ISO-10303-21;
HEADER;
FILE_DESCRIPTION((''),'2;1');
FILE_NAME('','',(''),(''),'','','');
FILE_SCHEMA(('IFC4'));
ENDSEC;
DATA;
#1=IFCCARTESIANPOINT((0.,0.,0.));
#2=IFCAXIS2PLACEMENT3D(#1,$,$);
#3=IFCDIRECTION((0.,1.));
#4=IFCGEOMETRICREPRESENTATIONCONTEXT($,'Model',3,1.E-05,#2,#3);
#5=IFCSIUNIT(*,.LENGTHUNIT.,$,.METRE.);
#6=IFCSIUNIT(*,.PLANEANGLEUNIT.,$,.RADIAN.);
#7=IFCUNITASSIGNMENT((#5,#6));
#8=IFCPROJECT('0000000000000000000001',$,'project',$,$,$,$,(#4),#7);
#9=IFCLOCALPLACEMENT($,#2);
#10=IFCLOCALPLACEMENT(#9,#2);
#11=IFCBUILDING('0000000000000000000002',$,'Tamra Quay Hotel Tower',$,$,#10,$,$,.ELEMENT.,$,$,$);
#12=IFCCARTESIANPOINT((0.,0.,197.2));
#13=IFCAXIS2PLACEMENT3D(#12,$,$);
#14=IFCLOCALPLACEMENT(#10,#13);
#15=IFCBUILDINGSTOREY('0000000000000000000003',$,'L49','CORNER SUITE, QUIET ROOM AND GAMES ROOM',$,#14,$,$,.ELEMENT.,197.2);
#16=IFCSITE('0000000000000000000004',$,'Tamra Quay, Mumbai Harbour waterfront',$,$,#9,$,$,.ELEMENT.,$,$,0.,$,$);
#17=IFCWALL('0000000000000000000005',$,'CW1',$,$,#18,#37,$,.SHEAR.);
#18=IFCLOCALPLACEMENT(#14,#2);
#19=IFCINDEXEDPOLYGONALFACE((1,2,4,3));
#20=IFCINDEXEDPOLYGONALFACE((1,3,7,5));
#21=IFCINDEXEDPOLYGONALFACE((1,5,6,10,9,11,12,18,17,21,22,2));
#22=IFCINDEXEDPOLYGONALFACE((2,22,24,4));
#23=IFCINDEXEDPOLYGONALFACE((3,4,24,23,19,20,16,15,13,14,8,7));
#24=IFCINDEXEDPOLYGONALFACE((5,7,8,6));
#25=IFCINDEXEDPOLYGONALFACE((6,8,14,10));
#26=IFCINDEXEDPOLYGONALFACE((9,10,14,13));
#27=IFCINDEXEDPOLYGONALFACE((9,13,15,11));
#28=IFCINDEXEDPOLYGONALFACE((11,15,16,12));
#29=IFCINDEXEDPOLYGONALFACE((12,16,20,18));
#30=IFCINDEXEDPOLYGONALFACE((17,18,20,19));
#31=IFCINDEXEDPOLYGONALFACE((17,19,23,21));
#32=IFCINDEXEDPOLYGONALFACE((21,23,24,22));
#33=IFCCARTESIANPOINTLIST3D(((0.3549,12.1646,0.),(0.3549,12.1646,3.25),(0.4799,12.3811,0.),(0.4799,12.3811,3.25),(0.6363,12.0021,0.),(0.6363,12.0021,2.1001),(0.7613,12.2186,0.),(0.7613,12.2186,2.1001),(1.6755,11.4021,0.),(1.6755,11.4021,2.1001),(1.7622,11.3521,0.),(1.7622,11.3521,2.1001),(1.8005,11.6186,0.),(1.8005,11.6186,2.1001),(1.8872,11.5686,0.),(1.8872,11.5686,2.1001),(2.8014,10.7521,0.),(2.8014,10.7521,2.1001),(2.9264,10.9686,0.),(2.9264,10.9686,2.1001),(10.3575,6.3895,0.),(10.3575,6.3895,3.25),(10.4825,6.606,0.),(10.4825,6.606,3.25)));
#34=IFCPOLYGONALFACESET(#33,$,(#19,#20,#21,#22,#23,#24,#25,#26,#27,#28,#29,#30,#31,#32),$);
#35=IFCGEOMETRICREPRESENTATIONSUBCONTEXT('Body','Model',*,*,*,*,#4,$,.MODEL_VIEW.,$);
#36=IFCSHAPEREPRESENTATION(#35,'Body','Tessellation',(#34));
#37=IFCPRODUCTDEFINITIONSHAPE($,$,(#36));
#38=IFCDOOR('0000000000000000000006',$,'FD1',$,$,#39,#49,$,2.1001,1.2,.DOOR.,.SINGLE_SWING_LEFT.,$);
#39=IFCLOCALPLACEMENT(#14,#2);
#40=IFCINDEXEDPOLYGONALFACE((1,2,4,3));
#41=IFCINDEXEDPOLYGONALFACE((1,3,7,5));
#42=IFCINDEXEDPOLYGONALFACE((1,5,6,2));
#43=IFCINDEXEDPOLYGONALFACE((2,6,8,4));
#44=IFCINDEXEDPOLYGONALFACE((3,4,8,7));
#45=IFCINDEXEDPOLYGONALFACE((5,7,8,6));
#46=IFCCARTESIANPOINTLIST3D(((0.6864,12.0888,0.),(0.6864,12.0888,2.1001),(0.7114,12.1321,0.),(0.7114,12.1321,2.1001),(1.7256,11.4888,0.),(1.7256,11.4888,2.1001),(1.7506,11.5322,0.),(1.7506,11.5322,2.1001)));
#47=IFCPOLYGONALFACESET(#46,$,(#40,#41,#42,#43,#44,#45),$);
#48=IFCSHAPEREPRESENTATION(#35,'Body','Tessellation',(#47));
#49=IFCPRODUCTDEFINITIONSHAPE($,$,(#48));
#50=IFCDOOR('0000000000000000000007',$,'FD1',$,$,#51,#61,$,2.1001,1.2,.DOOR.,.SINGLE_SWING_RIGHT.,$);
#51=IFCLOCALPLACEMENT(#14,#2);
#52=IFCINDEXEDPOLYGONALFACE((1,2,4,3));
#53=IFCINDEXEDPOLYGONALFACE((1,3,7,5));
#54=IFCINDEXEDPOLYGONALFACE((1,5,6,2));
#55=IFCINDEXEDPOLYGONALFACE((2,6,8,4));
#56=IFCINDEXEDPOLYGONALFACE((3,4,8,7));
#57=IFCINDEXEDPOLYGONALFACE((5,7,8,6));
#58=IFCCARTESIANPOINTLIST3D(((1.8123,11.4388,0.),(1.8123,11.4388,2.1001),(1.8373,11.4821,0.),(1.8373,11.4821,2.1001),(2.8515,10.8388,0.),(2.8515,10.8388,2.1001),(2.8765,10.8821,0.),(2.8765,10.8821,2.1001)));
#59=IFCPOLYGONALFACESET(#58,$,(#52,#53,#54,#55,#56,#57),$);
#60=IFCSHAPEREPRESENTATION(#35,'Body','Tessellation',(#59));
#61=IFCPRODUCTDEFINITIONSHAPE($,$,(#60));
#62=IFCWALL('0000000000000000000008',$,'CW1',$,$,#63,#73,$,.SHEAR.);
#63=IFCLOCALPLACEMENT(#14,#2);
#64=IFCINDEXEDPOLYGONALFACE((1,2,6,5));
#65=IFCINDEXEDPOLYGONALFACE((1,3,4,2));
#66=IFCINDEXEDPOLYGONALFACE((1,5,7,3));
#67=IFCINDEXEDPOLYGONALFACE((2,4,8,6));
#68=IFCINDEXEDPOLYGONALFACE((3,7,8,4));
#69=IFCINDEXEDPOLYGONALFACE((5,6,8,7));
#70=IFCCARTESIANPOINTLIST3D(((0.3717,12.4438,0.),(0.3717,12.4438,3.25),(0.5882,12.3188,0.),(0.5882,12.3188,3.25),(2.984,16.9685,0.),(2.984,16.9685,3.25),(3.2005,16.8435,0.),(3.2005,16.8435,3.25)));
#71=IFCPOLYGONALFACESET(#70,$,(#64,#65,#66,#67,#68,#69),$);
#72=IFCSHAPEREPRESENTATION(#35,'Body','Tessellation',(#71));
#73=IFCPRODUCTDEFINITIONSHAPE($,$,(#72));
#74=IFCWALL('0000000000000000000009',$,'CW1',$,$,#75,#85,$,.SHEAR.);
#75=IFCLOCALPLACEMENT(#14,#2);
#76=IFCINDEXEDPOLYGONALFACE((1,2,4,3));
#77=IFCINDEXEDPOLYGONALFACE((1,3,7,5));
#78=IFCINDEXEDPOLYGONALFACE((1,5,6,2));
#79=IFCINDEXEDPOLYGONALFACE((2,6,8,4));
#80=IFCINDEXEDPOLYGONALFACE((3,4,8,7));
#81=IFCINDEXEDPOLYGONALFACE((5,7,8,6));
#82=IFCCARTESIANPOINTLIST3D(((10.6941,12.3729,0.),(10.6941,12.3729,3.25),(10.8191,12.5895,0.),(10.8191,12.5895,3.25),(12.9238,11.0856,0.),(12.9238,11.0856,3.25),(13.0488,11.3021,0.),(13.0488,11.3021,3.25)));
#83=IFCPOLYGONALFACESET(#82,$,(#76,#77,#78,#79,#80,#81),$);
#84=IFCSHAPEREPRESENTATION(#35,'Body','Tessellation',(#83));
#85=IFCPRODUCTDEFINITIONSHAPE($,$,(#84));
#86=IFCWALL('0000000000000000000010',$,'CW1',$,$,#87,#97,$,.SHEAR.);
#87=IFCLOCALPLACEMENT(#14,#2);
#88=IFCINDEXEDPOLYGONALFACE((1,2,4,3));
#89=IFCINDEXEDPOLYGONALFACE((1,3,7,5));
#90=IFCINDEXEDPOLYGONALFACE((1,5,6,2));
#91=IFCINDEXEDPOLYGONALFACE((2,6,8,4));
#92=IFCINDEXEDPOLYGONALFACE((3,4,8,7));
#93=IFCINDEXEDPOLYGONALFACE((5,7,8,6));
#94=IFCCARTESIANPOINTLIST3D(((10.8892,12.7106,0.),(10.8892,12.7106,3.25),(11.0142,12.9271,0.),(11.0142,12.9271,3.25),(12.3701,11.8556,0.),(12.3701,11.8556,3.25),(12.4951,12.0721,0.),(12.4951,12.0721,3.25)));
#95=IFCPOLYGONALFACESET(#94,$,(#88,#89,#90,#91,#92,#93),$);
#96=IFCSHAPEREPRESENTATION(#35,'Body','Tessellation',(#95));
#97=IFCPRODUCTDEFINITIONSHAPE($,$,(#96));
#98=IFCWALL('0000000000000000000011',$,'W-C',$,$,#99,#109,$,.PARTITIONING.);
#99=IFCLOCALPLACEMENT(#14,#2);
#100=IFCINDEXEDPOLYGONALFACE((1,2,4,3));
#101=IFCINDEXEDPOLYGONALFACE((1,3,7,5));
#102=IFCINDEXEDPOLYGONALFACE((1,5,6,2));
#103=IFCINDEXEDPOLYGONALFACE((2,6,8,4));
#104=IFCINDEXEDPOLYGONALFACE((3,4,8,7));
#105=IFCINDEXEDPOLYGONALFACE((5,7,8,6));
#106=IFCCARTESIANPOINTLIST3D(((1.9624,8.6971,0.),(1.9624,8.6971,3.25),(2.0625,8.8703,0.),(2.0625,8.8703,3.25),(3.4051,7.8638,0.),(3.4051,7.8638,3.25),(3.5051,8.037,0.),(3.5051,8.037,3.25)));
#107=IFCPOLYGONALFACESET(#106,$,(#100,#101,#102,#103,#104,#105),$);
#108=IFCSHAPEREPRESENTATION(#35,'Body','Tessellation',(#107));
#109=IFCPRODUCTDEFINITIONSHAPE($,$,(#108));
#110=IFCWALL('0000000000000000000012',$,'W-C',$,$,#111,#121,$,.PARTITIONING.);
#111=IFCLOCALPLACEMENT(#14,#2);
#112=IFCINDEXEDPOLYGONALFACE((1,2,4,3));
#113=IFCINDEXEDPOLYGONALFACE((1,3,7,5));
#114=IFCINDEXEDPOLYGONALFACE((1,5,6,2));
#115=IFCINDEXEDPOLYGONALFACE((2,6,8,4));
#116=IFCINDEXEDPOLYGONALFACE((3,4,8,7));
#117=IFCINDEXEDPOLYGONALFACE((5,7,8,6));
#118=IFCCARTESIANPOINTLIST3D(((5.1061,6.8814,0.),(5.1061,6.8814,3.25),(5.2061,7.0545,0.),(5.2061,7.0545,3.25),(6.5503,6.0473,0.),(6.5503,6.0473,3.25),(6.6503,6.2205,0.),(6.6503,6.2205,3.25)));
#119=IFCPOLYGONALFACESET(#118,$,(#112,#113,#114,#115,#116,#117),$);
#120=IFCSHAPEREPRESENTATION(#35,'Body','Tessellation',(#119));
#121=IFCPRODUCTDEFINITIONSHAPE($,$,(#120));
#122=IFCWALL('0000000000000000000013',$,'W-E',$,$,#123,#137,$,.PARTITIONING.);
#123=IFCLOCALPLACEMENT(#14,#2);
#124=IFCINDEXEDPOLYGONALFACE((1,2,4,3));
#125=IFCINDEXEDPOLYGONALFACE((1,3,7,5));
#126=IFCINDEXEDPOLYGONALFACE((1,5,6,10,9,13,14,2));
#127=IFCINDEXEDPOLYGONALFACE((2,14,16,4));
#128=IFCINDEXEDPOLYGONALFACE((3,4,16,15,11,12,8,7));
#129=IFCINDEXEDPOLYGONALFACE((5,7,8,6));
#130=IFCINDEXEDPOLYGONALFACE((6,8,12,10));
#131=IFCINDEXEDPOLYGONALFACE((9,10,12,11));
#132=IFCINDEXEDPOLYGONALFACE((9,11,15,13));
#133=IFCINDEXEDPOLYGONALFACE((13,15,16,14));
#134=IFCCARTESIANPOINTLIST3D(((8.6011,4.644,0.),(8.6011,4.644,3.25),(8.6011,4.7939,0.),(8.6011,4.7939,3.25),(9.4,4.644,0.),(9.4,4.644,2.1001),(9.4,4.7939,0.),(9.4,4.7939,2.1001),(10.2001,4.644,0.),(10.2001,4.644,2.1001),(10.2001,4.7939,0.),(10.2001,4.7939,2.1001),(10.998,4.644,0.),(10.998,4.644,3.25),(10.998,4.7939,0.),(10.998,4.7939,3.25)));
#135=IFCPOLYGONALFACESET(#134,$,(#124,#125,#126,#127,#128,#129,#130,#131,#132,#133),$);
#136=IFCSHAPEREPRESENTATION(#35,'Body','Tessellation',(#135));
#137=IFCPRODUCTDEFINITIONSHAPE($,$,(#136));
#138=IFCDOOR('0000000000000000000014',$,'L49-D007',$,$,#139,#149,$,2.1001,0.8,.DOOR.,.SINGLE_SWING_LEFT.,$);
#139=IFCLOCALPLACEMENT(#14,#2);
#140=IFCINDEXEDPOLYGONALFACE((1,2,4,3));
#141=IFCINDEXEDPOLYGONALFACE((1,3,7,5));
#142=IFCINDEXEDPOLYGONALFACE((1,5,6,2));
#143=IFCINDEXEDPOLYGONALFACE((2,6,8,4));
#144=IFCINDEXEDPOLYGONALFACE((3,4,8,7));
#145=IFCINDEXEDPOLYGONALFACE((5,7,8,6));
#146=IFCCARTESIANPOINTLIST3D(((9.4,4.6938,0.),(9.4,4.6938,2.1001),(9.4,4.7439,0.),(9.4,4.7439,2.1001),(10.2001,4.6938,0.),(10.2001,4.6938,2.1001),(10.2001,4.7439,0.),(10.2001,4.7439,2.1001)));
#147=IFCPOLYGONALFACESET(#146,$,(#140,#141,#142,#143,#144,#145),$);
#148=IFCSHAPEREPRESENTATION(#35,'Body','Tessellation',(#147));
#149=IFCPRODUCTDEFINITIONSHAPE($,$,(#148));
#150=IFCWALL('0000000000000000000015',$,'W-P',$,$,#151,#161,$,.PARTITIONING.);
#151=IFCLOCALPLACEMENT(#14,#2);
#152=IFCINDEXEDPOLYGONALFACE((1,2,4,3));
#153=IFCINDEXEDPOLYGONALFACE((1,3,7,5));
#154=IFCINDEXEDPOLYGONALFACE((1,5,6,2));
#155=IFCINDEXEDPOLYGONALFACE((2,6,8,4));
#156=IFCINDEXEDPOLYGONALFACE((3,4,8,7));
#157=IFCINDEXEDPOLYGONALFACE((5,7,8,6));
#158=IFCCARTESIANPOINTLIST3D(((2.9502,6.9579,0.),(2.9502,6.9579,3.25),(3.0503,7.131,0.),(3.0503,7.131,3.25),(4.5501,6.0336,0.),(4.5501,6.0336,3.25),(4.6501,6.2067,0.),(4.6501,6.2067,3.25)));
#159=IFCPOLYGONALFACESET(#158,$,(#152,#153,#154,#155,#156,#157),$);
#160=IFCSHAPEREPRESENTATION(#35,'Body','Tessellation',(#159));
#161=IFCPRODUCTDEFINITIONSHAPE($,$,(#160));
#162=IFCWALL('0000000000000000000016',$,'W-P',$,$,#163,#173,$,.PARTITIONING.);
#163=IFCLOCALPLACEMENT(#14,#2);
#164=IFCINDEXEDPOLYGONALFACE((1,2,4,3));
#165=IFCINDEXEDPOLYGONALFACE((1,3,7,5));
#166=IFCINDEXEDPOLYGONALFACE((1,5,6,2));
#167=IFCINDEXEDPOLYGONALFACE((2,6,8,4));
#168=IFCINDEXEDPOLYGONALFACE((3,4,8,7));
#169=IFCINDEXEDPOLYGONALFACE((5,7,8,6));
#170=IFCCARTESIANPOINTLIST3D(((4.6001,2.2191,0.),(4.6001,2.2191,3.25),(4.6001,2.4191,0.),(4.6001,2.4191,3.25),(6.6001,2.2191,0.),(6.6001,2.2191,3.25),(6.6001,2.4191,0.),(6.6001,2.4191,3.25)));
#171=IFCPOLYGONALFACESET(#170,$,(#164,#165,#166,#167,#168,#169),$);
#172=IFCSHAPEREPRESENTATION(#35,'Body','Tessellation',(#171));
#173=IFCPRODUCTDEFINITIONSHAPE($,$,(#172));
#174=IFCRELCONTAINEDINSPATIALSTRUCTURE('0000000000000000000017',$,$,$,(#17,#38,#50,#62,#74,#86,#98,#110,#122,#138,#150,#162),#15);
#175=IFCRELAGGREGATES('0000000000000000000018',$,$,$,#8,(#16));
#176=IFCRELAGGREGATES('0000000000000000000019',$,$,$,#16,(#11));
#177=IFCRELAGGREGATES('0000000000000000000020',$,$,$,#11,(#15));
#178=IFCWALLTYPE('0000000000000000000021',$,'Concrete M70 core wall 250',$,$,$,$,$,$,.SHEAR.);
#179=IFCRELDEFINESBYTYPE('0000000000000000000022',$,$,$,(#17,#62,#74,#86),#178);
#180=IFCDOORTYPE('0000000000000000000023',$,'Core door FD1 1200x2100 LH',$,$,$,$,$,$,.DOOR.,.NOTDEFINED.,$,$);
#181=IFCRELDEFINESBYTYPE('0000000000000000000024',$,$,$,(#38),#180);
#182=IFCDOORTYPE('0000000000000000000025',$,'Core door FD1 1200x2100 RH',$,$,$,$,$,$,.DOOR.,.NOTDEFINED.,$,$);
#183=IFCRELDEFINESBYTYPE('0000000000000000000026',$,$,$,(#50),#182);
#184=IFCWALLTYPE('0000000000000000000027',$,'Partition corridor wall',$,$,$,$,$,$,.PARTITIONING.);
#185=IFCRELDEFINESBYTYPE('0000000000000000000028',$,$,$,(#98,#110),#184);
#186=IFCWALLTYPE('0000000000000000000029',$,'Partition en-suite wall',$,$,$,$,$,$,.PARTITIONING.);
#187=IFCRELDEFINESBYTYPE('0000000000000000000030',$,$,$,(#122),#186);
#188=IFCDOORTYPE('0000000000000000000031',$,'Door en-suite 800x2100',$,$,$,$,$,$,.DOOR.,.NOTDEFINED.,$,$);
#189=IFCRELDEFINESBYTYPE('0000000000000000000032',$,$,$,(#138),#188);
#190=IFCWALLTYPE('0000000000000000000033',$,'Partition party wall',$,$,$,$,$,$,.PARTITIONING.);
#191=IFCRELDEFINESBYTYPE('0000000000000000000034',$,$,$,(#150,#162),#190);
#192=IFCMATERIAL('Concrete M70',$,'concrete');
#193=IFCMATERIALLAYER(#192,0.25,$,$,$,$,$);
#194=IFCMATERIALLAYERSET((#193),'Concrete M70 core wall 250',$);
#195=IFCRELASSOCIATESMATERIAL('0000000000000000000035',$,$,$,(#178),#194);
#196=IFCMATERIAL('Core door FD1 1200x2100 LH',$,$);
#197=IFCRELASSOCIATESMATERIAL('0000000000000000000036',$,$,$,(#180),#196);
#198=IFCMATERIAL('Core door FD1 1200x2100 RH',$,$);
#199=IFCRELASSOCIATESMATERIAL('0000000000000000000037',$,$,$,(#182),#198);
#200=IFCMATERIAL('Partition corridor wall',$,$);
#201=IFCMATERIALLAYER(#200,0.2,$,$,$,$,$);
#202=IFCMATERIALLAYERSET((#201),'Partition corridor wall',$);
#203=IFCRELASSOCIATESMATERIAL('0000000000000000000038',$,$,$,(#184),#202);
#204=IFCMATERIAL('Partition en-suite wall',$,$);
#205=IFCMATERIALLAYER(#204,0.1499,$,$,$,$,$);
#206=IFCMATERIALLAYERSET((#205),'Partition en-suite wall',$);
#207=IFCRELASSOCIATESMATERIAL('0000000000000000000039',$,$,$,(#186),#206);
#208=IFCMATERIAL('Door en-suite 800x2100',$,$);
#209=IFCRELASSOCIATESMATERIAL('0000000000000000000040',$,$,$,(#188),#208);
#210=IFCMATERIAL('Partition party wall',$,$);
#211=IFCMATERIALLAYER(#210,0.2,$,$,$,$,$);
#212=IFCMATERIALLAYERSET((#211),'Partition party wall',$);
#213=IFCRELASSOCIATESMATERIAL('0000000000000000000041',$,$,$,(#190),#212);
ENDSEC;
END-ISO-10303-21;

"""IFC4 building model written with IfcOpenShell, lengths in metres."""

from ifc_helpers import new_model, si_unit, direction, frame, frame_2d, origin, place, context, subcontext, project, spatial, rectangle, extrude, material, layer, layer_set, type_object, element, fill, save


model = new_model("IFC4")

# Units and contexts
model_context = context("Model", 3, precision=1e-05, world=origin(), true_north=direction((0.0, 1.0)))
body_context = subcontext(model_context, "Body", "Model", "MODEL_VIEW")
ifc_project = project(units=[si_unit("LENGTHUNIT", "METRE"), si_unit("PLANEANGLEUNIT", "RADIAN")], contexts=[model_context])

# Site, building, storey
site_placement = place(None, origin())
site = spatial("IfcSite", under=ifc_project, at=site_placement, Name="Tamra Quay, Mumbai Harbour waterfront", CompositionType="ELEMENT", RefElevation=0.0)
building_placement = place(site_placement, origin())
building = spatial("IfcBuilding", under=site, at=building_placement, Name="Tamra Quay Hotel Tower", CompositionType="ELEMENT")
storey_placement = place(building_placement, frame((0.0, 0.0, 197.2)))
storey = spatial("IfcBuildingStorey", under=building, at=storey_placement, Name="L49", Description="CORNER SUITE, QUIET ROOM AND GAMES ROOM", CompositionType="ELEMENT", Elevation=197.2)

# Shared definitions
ifc_material_1 = material(Name="Concrete M70", Category="concrete")

# Wall, openings, doors
ifc_layer_1 = layer(ifc_material_1, 0.25)
ifc_layer_set_1 = layer_set([ifc_layer_1], Name="Concrete M70 core wall 250")
wall_type_1 = type_object("IfcWallType", Name="Concrete M70 core wall 250", PredefinedType="SHEAR", material=ifc_layer_set_1)
wall_1_placement = place(storey_placement, frame((10.4199, 6.4978, 0.0), z_axis=(0.0, 0.0, 1.0), x_axis=(-0.866022, 0.500006, 0.0)))
wall_1 = element("IfcWall", 1, at=wall_1_placement, inside=storey, type_object=wall_type_1, Name="CW1", PredefinedType="SHEAR", context=body_context, shape_type="SweptSolid", body=[
    extrude(rectangle(XDim=11.55, YDim=0.25, at=frame_2d((5.7749, 0.0))), origin(), (0.0, 0.0, 1.0), 3.25),
])
opening_1_placement = place(wall_1_placement, frame((10.0249, 0.0, 0.0)))
opening_1 = element("IfcOpeningElement", 2, at=opening_1_placement, cuts=wall_1, PredefinedType="OPENING", context=body_context, shape_type="SweptSolid", body=[
    extrude(rectangle(XDim=1.2, YDim=2.1001, at=frame_2d((0.6001, 1.05))), frame((0.0, 0.135, 0.0), z_axis=(0.0, -1.0, 0.0), x_axis=(1.0, 0.0, 0.0)), (0.0, 0.0, 1.0), 0.27),
])
opening_2_placement = place(wall_1_placement, frame((8.7249, 0.0, 0.0)))
opening_2 = element("IfcOpeningElement", 3, at=opening_2_placement, cuts=wall_1, PredefinedType="OPENING", context=body_context, shape_type="SweptSolid", body=[
    extrude(rectangle(XDim=1.2, YDim=2.1001, at=frame_2d((0.6001, 1.05))), frame((0.0, 0.135, 0.0), z_axis=(0.0, -1.0, 0.0), x_axis=(1.0, 0.0, 0.0)), (0.0, 0.0, 1.0), 0.27),
])
ifc_material_2 = material(Name="Core door FD1 1200x2100 LH")
door_type_1 = type_object("IfcDoorType", Name="Core door FD1 1200x2100 LH", OperationType="NOTDEFINED", PredefinedType="DOOR", material=ifc_material_2)
door_1_placement = place(opening_1_placement, origin())
door_1 = element("IfcDoor", 4, at=door_1_placement, inside=storey, type_object=door_type_1, Name="FD1", OperationType="SINGLE_SWING_LEFT", OverallHeight=2.1001, OverallWidth=1.2, PredefinedType="DOOR", context=body_context, shape_type="SweptSolid", body=[
    extrude(rectangle(XDim=1.2, YDim=2.1001, at=frame_2d((0.6001, 1.05))), frame((0.0, 0.0249, 0.0), z_axis=(0.0, -1.0, 0.0), x_axis=(1.0, 0.0, 0.0)), (0.0, 0.0, 1.0), 0.05),
])
fill(opening_1, door_1)
ifc_material_3 = material(Name="Core door FD1 1200x2100 RH")
door_type_2 = type_object("IfcDoorType", Name="Core door FD1 1200x2100 RH", OperationType="NOTDEFINED", PredefinedType="DOOR", material=ifc_material_3)
door_2_placement = place(opening_2_placement, origin())
door_2 = element("IfcDoor", 5, at=door_2_placement, inside=storey, type_object=door_type_2, Name="FD1", OperationType="SINGLE_SWING_RIGHT", OverallHeight=2.1001, OverallWidth=1.2, PredefinedType="DOOR", context=body_context, shape_type="SweptSolid", body=[
    extrude(rectangle(XDim=1.2, YDim=2.1001, at=frame_2d((0.6001, 1.05))), frame((0.0, 0.0249, 0.0), z_axis=(0.0, -1.0, 0.0), x_axis=(1.0, 0.0, 0.0)), (0.0, 0.0, 1.0), 0.05),
])
fill(opening_2, door_2)

# Walls
wall_2_placement = place(storey_placement, frame((0.48, 12.3813, 0.0), z_axis=(0.0, 0.0, 1.0), x_axis=(0.499999, 0.866026, 0.0)))
element("IfcWall", 6, at=wall_2_placement, inside=storey, type_object=wall_type_1, Name="CW1", PredefinedType="SHEAR", context=body_context, shape_type="SweptSolid", body=[
    extrude(rectangle(XDim=5.2246, YDim=0.25, at=frame_2d((2.6123, 0.0))), origin(), (0.0, 0.0, 1.0), 3.25),
])
wall_3_placement = place(storey_placement, frame((10.7566, 12.4812, 0.0), z_axis=(0.0, 0.0, 1.0), x_axis=(0.866023, -0.500004, 0.0)))
element("IfcWall", 7, at=wall_3_placement, inside=storey, type_object=wall_type_1, Name="CW1", PredefinedType="SHEAR", context=body_context, shape_type="SweptSolid", body=[
    extrude(rectangle(XDim=2.5747, YDim=0.25, at=frame_2d((1.2874, 0.0))), origin(), (0.0, 0.0, 1.0), 3.25),
])
wall_4_placement = place(storey_placement, frame((12.4326, 11.9639, 0.0), z_axis=(0.0, 0.0, 1.0), x_axis=(-0.866038, 0.499978, 0.0)))
element("IfcWall", 8, at=wall_4_placement, inside=storey, type_object=wall_type_1, Name="CW1", PredefinedType="SHEAR", context=body_context, shape_type="SweptSolid", body=[
    extrude(rectangle(XDim=1.71, YDim=0.25, at=frame_2d((0.855, 0.0))), origin(), (0.0, 0.0, 1.0), 3.25),
])
ifc_material_4 = material(Name="Partition corridor wall")
ifc_layer_2 = layer(ifc_material_4, 0.2)
ifc_layer_set_2 = layer_set([ifc_layer_2], Name="Partition corridor wall")
wall_type_2 = type_object("IfcWallType", Name="Partition corridor wall", PredefinedType="PARTITIONING", material=ifc_layer_set_2)
wall_5_placement = place(storey_placement, frame((2.0125, 8.7837, 0.0), z_axis=(0.0, 0.0, 1.0), x_axis=(0.865934, -0.500158, 0.0)))
element("IfcWall", 9, at=wall_5_placement, inside=storey, type_object=wall_type_2, Name="W-C", PredefinedType="PARTITIONING", context=body_context, shape_type="SweptSolid", body=[
    extrude(rectangle(XDim=1.666, YDim=0.2, at=frame_2d((0.833, 0.0))), origin(), (0.0, 0.0, 1.0), 3.25),
])
wall_6_placement = place(storey_placement, frame((5.156, 6.968, 0.0), z_axis=(0.0, 0.0, 1.0), x_axis=(0.865964, -0.500107, 0.0)))
element("IfcWall", 10, at=wall_6_placement, inside=storey, type_object=wall_type_2, Name="W-C", PredefinedType="PARTITIONING", context=body_context, shape_type="SweptSolid", body=[
    extrude(rectangle(XDim=1.6677, YDim=0.2, at=frame_2d((0.834, 0.0))), origin(), (0.0, 0.0, 1.0), 3.25),
])

# Wall, opening, door
ifc_material_5 = material(Name="Partition en-suite wall")
ifc_layer_3 = layer(ifc_material_5, 0.1499)
ifc_layer_set_3 = layer_set([ifc_layer_3], Name="Partition en-suite wall")
wall_type_3 = type_object("IfcWallType", Name="Partition en-suite wall", PredefinedType="PARTITIONING", material=ifc_layer_set_3)
wall_7_placement = place(storey_placement, frame((8.6011, 4.719, 0.0), z_axis=(0.0, 0.0, 1.0), x_axis=(1.0, 0.0, 0.0)))
wall_7 = element("IfcWall", 11, at=wall_7_placement, inside=storey, type_object=wall_type_3, Name="W-E", PredefinedType="PARTITIONING", context=body_context, shape_type="SweptSolid", body=[
    extrude(rectangle(XDim=2.397, YDim=0.1499, at=frame_2d((1.1985, 0.0))), origin(), (0.0, 0.0, 1.0), 3.25),
])
opening_3_placement = place(wall_7_placement, frame((0.7991, 0.0, 0.0)))
opening_3 = element("IfcOpeningElement", 12, at=opening_3_placement, cuts=wall_7, PredefinedType="OPENING", context=body_context, shape_type="SweptSolid", body=[
    extrude(rectangle(XDim=0.8, YDim=2.1001, at=frame_2d((0.3999, 1.05))), frame((0.0, 0.085, 0.0), z_axis=(0.0, -1.0, 0.0), x_axis=(1.0, 0.0, 0.0)), (0.0, 0.0, 1.0), 0.1699),
])
ifc_material_6 = material(Name="Door en-suite 800x2100")
door_type_3 = type_object("IfcDoorType", Name="Door en-suite 800x2100", OperationType="NOTDEFINED", PredefinedType="DOOR", material=ifc_material_6)
door_3_placement = place(opening_3_placement, origin())
door_3 = element("IfcDoor", 13, at=door_3_placement, inside=storey, type_object=door_type_3, Name="L49-D007", OperationType="SINGLE_SWING_LEFT", OverallHeight=2.1001, OverallWidth=0.8, PredefinedType="DOOR", context=body_context, shape_type="SweptSolid", body=[
    extrude(rectangle(XDim=0.8, YDim=2.1001, at=frame_2d((0.3999, 1.05))), frame((0.0, 0.0249, 0.0), z_axis=(0.0, -1.0, 0.0), x_axis=(1.0, 0.0, 0.0)), (0.0, 0.0, 1.0), 0.05),
])
fill(opening_3, door_3)

# Walls
ifc_material_7 = material(Name="Partition party wall")
ifc_layer_4 = layer(ifc_material_7, 0.2)
ifc_layer_set_4 = layer_set([ifc_layer_4], Name="Partition party wall")
wall_type_4 = type_object("IfcWallType", Name="Partition party wall", PredefinedType="PARTITIONING", material=ifc_layer_set_4)
wall_8_placement = place(storey_placement, frame((3.0002, 7.0444, 0.0), z_axis=(0.0, 0.0, 1.0), x_axis=(0.865875, -0.50026, 0.0)))
element("IfcWall", 14, at=wall_8_placement, inside=storey, type_object=wall_type_4, Name="W-P", PredefinedType="PARTITIONING", context=body_context, shape_type="SweptSolid", body=[
    extrude(rectangle(XDim=1.8477, YDim=0.2, at=frame_2d((0.9238, 0.0))), origin(), (0.0, 0.0, 1.0), 3.25),
])
wall_9_placement = place(storey_placement, frame((4.6001, 2.3191, 0.0), z_axis=(0.0, 0.0, 1.0), x_axis=(1.0, 0.0, 0.0)))
element("IfcWall", 15, at=wall_9_placement, inside=storey, type_object=wall_type_4, Name="W-P", PredefinedType="PARTITIONING", context=body_context, shape_type="SweptSolid", body=[
    extrude(rectangle(XDim=2.0, YDim=0.2, at=frame_2d((1.0, 0.0))), origin(), (0.0, 0.0, 1.0), 3.25),
])

save(model, "model.ifc")
